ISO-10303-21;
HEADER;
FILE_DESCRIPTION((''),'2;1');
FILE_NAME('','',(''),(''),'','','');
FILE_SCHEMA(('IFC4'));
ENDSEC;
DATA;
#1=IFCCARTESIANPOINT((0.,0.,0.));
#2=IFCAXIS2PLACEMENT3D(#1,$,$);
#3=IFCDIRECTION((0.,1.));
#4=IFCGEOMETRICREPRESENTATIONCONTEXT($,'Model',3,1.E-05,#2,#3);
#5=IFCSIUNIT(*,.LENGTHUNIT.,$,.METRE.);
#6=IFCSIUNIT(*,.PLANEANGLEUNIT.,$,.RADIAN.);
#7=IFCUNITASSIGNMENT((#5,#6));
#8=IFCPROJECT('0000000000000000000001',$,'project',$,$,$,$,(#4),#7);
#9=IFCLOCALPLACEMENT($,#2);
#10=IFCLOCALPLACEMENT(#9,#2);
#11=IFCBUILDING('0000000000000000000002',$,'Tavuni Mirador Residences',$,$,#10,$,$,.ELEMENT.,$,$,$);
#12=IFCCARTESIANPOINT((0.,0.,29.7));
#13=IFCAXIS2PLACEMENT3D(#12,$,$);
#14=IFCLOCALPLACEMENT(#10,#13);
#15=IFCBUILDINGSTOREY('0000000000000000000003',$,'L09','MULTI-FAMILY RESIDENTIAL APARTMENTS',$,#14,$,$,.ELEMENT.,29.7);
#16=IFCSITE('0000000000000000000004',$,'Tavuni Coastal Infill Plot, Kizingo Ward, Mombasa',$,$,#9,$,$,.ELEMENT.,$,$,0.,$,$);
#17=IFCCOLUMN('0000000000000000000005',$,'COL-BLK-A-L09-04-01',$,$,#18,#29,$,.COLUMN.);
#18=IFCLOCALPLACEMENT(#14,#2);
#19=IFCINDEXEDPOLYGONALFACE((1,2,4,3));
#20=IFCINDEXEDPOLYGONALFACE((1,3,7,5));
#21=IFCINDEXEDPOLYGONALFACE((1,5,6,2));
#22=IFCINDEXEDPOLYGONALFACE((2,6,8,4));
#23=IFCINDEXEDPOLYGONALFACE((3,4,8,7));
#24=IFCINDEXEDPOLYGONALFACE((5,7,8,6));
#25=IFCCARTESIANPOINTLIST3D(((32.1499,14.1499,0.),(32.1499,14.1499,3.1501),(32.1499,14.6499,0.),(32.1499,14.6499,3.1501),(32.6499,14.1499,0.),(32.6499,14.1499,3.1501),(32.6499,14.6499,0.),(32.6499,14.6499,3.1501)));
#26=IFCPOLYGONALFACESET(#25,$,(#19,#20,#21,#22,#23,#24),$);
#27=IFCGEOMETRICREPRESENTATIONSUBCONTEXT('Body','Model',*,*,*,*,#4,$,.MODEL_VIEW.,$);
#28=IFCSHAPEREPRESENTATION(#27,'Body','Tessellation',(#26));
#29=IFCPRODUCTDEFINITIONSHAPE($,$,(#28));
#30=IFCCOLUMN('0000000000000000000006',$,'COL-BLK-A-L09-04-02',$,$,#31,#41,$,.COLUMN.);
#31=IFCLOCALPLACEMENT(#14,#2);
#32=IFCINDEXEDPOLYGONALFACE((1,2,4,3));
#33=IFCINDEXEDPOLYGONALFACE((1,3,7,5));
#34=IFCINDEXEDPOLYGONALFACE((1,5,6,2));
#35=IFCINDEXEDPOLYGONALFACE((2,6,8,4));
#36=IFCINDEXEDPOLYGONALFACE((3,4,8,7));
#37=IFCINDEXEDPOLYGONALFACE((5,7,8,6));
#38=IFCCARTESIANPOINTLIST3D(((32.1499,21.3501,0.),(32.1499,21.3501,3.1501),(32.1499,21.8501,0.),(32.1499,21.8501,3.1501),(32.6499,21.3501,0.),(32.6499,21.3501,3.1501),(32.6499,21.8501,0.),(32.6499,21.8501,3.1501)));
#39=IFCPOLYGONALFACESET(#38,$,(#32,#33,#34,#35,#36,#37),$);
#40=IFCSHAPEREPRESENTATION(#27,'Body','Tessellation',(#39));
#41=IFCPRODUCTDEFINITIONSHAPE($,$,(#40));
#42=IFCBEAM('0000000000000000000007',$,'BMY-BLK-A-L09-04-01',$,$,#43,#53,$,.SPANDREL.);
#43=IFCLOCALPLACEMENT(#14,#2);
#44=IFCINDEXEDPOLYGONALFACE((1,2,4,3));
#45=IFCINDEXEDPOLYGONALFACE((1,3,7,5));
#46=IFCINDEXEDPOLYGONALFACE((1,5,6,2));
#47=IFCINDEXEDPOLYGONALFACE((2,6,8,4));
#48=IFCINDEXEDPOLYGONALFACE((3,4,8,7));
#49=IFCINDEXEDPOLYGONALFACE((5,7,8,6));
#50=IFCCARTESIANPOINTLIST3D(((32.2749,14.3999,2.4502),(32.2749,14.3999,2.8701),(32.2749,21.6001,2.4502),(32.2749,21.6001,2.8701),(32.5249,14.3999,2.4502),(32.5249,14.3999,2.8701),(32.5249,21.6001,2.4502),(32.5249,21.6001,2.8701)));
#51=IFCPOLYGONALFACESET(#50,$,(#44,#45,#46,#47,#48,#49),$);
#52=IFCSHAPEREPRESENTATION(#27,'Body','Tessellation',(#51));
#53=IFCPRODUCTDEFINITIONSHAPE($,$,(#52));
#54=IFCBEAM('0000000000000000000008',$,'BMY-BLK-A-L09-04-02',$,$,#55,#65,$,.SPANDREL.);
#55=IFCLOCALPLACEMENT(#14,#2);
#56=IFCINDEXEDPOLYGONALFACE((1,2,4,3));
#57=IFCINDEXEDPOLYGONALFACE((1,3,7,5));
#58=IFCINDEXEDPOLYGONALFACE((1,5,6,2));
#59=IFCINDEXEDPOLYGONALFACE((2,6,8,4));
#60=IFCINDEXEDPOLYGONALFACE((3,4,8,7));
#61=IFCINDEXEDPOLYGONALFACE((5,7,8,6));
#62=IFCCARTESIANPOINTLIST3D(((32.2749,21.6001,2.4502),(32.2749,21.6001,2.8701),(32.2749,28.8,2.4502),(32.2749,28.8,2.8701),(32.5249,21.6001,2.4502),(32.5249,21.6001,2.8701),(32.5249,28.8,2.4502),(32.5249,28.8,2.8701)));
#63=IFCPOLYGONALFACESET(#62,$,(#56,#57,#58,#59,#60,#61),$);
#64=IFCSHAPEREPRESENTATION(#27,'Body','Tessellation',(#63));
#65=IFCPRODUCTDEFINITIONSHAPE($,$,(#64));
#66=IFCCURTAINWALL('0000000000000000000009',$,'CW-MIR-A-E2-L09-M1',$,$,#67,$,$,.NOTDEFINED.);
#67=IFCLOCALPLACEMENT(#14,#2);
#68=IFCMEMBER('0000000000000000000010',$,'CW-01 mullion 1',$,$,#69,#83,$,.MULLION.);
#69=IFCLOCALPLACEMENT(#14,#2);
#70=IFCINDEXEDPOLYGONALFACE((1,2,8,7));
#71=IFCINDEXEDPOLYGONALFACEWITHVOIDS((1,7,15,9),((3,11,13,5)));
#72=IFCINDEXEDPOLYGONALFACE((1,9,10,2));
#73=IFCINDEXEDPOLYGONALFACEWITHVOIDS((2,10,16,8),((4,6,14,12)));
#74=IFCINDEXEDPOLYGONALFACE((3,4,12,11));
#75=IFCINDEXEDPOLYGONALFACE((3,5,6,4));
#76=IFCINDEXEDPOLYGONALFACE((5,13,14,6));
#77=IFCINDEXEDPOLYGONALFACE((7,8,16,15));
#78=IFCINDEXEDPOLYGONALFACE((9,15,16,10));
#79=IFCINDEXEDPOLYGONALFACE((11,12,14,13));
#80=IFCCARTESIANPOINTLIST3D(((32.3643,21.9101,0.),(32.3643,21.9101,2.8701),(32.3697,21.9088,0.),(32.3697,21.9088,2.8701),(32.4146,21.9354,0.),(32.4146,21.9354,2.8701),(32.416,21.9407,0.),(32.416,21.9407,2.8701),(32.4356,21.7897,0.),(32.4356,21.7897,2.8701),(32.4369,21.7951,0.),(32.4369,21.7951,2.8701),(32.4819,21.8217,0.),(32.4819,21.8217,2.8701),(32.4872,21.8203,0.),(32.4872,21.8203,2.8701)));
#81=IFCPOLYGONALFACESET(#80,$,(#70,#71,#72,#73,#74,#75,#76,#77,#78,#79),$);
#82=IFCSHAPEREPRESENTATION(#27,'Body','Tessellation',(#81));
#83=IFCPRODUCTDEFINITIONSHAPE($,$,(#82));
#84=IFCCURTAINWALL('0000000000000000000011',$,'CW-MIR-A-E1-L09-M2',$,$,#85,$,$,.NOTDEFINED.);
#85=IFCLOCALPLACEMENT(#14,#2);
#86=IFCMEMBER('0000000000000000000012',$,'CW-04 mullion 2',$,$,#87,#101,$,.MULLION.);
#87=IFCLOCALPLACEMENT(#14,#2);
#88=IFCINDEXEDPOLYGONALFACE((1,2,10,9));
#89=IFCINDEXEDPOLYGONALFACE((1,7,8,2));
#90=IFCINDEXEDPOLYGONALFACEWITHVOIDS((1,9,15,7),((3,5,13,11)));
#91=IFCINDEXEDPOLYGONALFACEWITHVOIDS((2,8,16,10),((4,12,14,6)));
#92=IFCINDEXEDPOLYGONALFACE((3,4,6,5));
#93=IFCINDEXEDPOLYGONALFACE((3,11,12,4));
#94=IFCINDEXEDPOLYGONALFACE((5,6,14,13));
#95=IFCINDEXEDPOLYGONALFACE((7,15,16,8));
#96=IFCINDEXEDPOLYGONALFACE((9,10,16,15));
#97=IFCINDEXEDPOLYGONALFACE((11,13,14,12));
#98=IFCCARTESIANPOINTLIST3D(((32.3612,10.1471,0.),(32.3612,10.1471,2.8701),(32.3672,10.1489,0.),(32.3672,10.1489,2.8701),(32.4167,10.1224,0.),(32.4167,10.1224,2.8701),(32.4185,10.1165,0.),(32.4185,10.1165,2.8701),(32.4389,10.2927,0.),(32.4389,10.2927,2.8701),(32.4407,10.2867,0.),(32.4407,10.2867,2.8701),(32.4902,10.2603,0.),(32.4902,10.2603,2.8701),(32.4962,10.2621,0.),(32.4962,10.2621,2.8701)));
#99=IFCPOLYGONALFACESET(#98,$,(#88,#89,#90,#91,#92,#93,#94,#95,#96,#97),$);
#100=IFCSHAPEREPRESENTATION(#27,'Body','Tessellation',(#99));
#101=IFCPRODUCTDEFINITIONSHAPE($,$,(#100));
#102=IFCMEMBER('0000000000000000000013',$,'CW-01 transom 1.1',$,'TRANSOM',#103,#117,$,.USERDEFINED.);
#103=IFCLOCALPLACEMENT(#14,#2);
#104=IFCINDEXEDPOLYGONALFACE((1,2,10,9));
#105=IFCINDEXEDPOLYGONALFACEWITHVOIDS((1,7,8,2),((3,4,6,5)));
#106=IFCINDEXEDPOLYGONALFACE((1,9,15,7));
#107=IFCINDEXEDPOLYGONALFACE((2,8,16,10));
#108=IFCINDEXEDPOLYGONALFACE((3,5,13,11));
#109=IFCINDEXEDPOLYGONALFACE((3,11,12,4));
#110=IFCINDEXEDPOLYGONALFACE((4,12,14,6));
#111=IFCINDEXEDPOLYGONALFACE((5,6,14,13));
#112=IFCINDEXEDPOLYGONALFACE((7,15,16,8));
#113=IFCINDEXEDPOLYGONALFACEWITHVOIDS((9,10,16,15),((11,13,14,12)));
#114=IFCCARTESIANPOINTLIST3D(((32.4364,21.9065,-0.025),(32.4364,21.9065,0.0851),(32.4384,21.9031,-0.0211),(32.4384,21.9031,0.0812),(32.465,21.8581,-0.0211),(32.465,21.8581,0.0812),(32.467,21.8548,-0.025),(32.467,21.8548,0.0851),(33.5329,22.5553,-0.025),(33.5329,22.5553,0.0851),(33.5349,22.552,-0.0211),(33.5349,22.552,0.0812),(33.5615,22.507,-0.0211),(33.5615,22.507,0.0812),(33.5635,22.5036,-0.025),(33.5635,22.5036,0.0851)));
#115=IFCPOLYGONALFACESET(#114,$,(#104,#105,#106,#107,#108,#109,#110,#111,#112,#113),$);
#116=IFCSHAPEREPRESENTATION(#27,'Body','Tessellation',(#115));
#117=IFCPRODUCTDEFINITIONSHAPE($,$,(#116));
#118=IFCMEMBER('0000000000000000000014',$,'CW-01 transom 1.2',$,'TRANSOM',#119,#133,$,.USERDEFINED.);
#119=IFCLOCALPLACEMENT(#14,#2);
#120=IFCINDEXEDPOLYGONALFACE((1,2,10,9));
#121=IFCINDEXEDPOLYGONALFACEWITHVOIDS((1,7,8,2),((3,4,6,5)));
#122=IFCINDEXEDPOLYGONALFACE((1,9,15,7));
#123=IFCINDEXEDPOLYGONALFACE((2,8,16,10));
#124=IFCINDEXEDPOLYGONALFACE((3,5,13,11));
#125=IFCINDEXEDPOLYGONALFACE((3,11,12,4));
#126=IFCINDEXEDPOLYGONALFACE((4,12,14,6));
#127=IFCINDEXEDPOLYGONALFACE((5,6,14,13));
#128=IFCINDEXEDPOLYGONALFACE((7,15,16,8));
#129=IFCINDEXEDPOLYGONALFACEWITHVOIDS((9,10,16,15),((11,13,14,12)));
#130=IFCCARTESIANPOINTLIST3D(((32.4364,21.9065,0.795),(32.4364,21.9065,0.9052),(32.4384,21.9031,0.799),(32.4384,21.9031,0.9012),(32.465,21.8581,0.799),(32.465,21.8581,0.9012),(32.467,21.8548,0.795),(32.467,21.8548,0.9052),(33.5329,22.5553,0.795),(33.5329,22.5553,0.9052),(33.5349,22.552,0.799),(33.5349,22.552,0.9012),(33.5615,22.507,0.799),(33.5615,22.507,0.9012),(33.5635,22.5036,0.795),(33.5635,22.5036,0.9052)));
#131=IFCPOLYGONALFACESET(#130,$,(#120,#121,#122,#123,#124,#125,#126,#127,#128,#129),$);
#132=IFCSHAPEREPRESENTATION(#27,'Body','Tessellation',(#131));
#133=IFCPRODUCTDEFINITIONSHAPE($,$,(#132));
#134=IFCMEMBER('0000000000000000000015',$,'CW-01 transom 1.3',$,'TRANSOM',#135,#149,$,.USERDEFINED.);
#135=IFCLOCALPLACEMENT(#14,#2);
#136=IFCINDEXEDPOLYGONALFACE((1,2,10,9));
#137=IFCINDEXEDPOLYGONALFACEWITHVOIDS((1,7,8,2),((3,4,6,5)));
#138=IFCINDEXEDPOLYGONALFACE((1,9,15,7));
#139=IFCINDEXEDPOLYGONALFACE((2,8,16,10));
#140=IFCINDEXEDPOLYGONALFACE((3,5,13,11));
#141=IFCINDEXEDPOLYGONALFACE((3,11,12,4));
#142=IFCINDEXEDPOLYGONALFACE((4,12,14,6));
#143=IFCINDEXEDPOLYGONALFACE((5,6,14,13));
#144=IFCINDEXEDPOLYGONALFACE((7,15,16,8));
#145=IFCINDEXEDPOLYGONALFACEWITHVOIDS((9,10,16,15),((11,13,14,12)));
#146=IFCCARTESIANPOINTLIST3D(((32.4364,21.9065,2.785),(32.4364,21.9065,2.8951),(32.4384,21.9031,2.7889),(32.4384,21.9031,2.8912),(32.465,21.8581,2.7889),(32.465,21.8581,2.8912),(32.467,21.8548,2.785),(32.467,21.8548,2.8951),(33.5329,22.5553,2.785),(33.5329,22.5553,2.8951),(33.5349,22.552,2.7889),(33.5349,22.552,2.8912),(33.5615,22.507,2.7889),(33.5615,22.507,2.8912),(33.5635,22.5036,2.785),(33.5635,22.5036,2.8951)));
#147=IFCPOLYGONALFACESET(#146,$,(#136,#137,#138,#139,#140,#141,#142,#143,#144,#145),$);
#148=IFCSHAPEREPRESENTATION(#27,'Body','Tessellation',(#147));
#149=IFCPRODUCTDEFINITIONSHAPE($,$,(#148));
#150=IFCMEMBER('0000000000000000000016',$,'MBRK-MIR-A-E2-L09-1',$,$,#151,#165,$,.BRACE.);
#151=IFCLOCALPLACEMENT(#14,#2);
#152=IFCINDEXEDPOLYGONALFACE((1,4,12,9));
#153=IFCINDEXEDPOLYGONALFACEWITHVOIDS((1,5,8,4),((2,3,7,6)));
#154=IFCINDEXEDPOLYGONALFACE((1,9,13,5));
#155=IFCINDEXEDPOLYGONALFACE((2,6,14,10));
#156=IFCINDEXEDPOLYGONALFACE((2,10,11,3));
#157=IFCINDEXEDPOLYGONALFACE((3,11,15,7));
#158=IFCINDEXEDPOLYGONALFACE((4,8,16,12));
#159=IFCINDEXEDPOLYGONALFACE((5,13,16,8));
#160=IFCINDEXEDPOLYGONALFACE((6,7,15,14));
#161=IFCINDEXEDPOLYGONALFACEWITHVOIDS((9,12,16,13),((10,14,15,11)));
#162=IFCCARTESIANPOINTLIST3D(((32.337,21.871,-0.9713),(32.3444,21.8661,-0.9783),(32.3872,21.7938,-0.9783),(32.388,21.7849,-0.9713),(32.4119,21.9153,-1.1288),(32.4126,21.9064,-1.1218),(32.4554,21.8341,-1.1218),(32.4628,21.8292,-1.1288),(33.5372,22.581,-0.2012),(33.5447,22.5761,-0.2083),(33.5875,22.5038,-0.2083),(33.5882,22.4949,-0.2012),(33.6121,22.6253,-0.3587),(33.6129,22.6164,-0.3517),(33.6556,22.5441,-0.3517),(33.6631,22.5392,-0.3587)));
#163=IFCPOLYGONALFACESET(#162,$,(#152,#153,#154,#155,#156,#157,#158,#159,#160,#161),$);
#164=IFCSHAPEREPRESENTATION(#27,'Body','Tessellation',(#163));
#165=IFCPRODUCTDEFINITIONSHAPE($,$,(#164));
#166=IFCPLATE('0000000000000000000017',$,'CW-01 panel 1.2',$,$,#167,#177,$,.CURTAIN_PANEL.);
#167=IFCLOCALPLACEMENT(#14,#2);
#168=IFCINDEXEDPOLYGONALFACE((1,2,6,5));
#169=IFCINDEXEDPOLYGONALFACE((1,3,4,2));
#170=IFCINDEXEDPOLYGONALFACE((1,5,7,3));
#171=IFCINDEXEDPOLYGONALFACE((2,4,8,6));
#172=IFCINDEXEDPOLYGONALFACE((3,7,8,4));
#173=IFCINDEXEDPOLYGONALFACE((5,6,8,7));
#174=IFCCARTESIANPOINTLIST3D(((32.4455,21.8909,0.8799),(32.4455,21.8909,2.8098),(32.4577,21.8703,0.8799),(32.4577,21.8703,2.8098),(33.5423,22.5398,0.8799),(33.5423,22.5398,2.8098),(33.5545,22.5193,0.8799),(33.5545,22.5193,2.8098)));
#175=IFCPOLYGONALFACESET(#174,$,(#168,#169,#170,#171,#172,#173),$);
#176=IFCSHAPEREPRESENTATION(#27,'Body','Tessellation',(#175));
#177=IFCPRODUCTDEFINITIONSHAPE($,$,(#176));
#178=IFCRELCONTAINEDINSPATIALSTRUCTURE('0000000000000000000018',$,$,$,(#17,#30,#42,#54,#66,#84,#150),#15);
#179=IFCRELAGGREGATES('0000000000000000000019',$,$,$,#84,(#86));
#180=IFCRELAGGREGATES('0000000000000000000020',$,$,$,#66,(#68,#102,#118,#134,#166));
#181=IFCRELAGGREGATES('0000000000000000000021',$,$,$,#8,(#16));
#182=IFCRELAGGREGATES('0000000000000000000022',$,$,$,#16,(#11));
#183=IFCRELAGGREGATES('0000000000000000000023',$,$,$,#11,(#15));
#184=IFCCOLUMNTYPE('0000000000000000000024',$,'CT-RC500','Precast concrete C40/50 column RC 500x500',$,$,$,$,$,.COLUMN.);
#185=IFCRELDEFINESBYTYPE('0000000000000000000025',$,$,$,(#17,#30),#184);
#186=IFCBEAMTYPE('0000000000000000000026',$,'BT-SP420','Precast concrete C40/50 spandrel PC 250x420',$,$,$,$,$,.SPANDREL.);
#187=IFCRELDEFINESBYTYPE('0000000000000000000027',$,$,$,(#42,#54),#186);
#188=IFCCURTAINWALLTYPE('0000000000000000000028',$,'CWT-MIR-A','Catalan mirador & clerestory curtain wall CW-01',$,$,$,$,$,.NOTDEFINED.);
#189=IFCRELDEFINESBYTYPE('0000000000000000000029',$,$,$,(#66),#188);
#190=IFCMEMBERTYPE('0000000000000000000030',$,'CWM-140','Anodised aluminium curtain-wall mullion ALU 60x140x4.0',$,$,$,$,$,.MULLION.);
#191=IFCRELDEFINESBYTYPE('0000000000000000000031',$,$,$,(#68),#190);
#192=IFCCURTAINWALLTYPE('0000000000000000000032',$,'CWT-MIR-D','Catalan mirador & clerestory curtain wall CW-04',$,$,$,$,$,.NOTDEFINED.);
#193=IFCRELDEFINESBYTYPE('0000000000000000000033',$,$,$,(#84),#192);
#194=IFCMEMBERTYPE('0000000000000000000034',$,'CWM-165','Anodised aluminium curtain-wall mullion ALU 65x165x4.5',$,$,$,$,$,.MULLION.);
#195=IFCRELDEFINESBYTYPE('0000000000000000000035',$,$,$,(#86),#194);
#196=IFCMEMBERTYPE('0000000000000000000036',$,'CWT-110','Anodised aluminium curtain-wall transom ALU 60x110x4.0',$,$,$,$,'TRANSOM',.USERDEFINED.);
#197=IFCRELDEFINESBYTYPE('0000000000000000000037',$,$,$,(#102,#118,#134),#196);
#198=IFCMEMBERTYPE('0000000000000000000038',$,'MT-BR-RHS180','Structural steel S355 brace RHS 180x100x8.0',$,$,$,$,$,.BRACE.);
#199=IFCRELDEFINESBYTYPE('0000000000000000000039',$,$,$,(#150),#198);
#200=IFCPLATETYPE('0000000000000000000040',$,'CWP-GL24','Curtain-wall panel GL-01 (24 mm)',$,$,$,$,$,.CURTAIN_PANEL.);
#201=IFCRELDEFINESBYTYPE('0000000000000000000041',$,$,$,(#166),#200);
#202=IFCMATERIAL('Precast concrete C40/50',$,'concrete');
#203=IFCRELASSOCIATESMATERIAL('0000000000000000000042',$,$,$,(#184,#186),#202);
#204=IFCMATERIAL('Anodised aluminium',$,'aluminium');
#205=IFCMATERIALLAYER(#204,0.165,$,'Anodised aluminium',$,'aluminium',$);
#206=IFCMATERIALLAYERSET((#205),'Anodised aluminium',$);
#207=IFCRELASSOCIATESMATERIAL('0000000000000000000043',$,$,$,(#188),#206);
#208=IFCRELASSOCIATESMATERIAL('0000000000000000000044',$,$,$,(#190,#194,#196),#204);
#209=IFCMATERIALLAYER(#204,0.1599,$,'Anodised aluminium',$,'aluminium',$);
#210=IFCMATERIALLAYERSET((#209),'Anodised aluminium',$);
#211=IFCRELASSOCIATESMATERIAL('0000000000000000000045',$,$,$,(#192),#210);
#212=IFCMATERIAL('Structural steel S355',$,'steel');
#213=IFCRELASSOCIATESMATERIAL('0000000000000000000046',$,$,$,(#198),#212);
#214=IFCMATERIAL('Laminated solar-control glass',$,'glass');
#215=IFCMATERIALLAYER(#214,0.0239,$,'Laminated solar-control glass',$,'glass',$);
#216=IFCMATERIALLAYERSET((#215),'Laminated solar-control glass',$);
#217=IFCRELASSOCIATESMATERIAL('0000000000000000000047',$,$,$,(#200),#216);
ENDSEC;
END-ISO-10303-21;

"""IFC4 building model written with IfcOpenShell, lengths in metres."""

from ifc_helpers import new_model, si_unit, direction, frame, origin, origin_2d, place, context, subcontext, project, spatial, rectangle, hollow_rectangle, extrude, material, layer, layer_set, material_profile, profile_set, type_object, element, aggregate, save


model = new_model("IFC4")

# Units and contexts
model_context = context("Model", 3, precision=1e-05, world=origin(), true_north=direction((0.0, 1.0)))
body_context = subcontext(model_context, "Body", "Model", "MODEL_VIEW")
ifc_project = project(units=[si_unit("LENGTHUNIT", "METRE"), si_unit("PLANEANGLEUNIT", "RADIAN")], contexts=[model_context])

# Site, building, storey
site_placement = place(None, origin())
site = spatial("IfcSite", under=ifc_project, at=site_placement, Name="Tavuni Coastal Infill Plot, Kizingo Ward, Mombasa", CompositionType="ELEMENT", RefElevation=0.0)
building_placement = place(site_placement, origin())
building = spatial("IfcBuilding", under=site, at=building_placement, Name="Tavuni Mirador Residences", CompositionType="ELEMENT")
storey_placement = place(building_placement, frame((0.0, 0.0, 29.7)))
storey = spatial("IfcBuildingStorey", under=building, at=storey_placement, Name="L09", Description="MULTI-FAMILY RESIDENTIAL APARTMENTS", CompositionType="ELEMENT", Elevation=29.7)

# Columns
ifc_material_1 = material(Name="Precast concrete C40/50", Category="concrete")
ifc_material_profile_1 = material_profile(ifc_material_1, rectangle(XDim=0.5, YDim=0.5, at=origin_2d()), Name="RC 500x500", Category="concrete")
ifc_profile_set_1 = profile_set([ifc_material_profile_1], Name="Precast concrete C40/50")
column_type = type_object("IfcColumnType", Name="CT-RC500", Description="Precast concrete C40/50 column RC 500x500", PredefinedType="COLUMN", material=ifc_profile_set_1)
for number, where, z_axis, x_axis, name in (
    (1, (32.3999, 14.3999, 0.0), (0.0, 0.0, 1.0), (1.0, 0.0, 0.0), "COL-BLK-A-L09-04-01"),
    (2, (32.3999, 21.6001, 0.0), (0.0, 0.0, 1.0), (1.0, 0.0, 0.0), "COL-BLK-A-L09-04-02"),
):
    element("IfcColumn", number, at=place(storey_placement, frame(where, z_axis=z_axis, x_axis=x_axis)), inside=storey, type_object=column_type, Name=name, PredefinedType="COLUMN", context=body_context, shape_type="SweptSolid", body=[
        extrude(rectangle(XDim=0.5, YDim=0.5, at=origin_2d()), origin(), (0.0, 0.0, 1.0), 3.1501),
    ])

# Beams
ifc_material_profile_2 = material_profile(ifc_material_1, rectangle(XDim=0.25, YDim=0.4199, at=origin_2d()), Name="PC 250x420", Category="concrete")
ifc_profile_set_2 = profile_set([ifc_material_profile_2], Name="Precast concrete C40/50")
beam_type = type_object("IfcBeamType", Name="BT-SP420", Description="Precast concrete C40/50 spandrel PC 250x420", PredefinedType="SPANDREL", material=ifc_profile_set_2)
beam_1_placement = place(storey_placement, frame((32.3999, 14.3999, 2.6602), z_axis=(0.0, 1.0, 0.0), x_axis=(-1.0, 0.0, 0.0)))
element("IfcBeam", 3, at=beam_1_placement, inside=storey, type_object=beam_type, Name="BMY-BLK-A-L09-04-01", PredefinedType="SPANDREL", context=body_context, shape_type="SweptSolid", body=[
    extrude(rectangle(XDim=0.25, YDim=0.4199, at=origin_2d()), origin(), (0.0, 0.0, 1.0), 7.2002),
])
beam_2_placement = place(storey_placement, frame((32.3999, 21.6001, 2.6602), z_axis=(0.0, 1.0, 0.0), x_axis=(-1.0, 0.0, 0.0)))
element("IfcBeam", 4, at=beam_2_placement, inside=storey, type_object=beam_type, Name="BMY-BLK-A-L09-04-02", PredefinedType="SPANDREL", context=body_context, shape_type="SweptSolid", body=[
    extrude(rectangle(XDim=0.25, YDim=0.4199, at=origin_2d()), origin(), (0.0, 0.0, 1.0), 7.2),
])

# Curtain walls, members
ifc_material_2 = material(Name="Anodised aluminium", Category="aluminium")
ifc_layer_1 = layer(ifc_material_2, 0.165, Name="Anodised aluminium", Category="aluminium")
ifc_layer_set_1 = layer_set([ifc_layer_1], Name="Anodised aluminium")
curtain_wall_type_1 = type_object("IfcCurtainWallType", Name="CWT-MIR-A", Description="Catalan mirador & clerestory curtain wall CW-01", PredefinedType="NOTDEFINED", material=ifc_layer_set_1)
curtain_wall_1_placement = place(storey_placement, origin())
curtain_wall_1 = element("IfcCurtainWall", 5, at=curtain_wall_1_placement, inside=storey, type_object=curtain_wall_type_1, Name="CW-MIR-A-E2-L09-M1", PredefinedType="NOTDEFINED")
ifc_material_profile_3 = material_profile(ifc_material_2, hollow_rectangle(XDim=0.0601, YDim=0.1399, WallThickness=0.0039, at=origin_2d()), Name="ALU 60x140x4.0", Category="aluminium")
ifc_profile_set_3 = profile_set([ifc_material_profile_3], Name="Anodised aluminium")
member_type_1 = type_object("IfcMemberType", Name="CWM-140", Description="Anodised aluminium curtain-wall mullion ALU 60x140x4.0", PredefinedType="MULLION", material=ifc_profile_set_3)
member_1_placement = place(storey_placement, frame((32.4258, 21.8652, 0.0), z_axis=(0.0, 0.0, 1.0), x_axis=(0.860641, 0.509212, 0.0)))
member_1 = element("IfcMember", 6, at=member_1_placement, type_object=member_type_1, Name="CW-01 mullion 1", PredefinedType="MULLION", context=body_context, shape_type="SweptSolid", body=[
    extrude(hollow_rectangle(XDim=0.0601, YDim=0.1399, WallThickness=0.0039, at=origin_2d()), origin(), (0.0, 0.0, 1.0), 2.8701),
])
ifc_layer_2 = layer(ifc_material_2, 0.1599, Name="Anodised aluminium", Category="aluminium")
ifc_layer_set_2 = layer_set([ifc_layer_2], Name="Anodised aluminium")
curtain_wall_type_2 = type_object("IfcCurtainWallType", Name="CWT-MIR-D", Description="Catalan mirador & clerestory curtain wall CW-04", PredefinedType="NOTDEFINED", material=ifc_layer_set_2)
curtain_wall_2_placement = place(storey_placement, origin())
curtain_wall_2 = element("IfcCurtainWall", 7, at=curtain_wall_2_placement, inside=storey, type_object=curtain_wall_type_2, Name="CW-MIR-A-E1-L09-M2", PredefinedType="NOTDEFINED")
ifc_material_profile_4 = material_profile(ifc_material_2, hollow_rectangle(XDim=0.0649, YDim=0.165, WallThickness=0.0044, at=origin_2d()), Name="ALU 65x165x4.5", Category="aluminium")
ifc_profile_set_4 = profile_set([ifc_material_profile_4], Name="Anodised aluminium")
member_type_2 = type_object("IfcMemberType", Name="CWM-165", Description="Anodised aluminium curtain-wall mullion ALU 65x165x4.5", PredefinedType="MULLION", material=ifc_profile_set_4)
member_2_placement = place(storey_placement, frame((32.4287, 10.2046, 0.0), z_axis=(0.0, 0.0, 1.0), x_axis=(-0.882353, 0.470588, 0.0)))
member_2 = element("IfcMember", 8, at=member_2_placement, type_object=member_type_2, Name="CW-04 mullion 2", PredefinedType="MULLION", context=body_context, shape_type="SweptSolid", body=[
    extrude(hollow_rectangle(XDim=0.0649, YDim=0.165, WallThickness=0.0044, at=origin_2d()), origin(), (0.0, 0.0, 1.0), 2.8701),
])

# Members
ifc_material_profile_5 = material_profile(ifc_material_2, hollow_rectangle(XDim=0.0601, YDim=0.1101, WallThickness=0.0039, at=origin_2d()), Name="ALU 60x110x4.0", Category="aluminium")
ifc_profile_set_5 = profile_set([ifc_material_profile_5], Name="Anodised aluminium")
member_type_3 = type_object("IfcMemberType", Name="CWT-110", Description="Anodised aluminium curtain-wall transom ALU 60x110x4.0", ElementType="TRANSOM", PredefinedType="USERDEFINED", material=ifc_profile_set_5)
member_3_placement = place(storey_placement, frame((32.4517, 21.8806, 0.03), z_axis=(0.860621, 0.509246, 0.0), x_axis=(-0.509246, 0.860621, 0.0)))
member_3 = element("IfcMember", 9, at=member_3_placement, type_object=member_type_3, Name="CW-01 transom 1.1", ObjectType="TRANSOM", PredefinedType="USERDEFINED", context=body_context, shape_type="SweptSolid", body=[
    extrude(hollow_rectangle(XDim=0.0601, YDim=0.1101, WallThickness=0.0039, at=origin_2d()), origin(), (0.0, 0.0, 1.0), 1.2742),
])
member_4_placement = place(storey_placement, frame((32.4517, 21.8806, 0.8501), z_axis=(0.860621, 0.509246, 0.0), x_axis=(-0.509246, 0.860621, 0.0)))
member_4 = element("IfcMember", 10, at=member_4_placement, type_object=member_type_3, Name="CW-01 transom 1.2", ObjectType="TRANSOM", PredefinedType="USERDEFINED", context=body_context, shape_type="SweptSolid", body=[
    extrude(hollow_rectangle(XDim=0.0601, YDim=0.1101, WallThickness=0.0039, at=origin_2d()), origin(), (0.0, 0.0, 1.0), 1.2742),
])
member_5_placement = place(storey_placement, frame((32.4517, 21.8806, 2.8401), z_axis=(0.860621, 0.509246, 0.0), x_axis=(-0.509246, 0.860621, 0.0)))
member_5 = element("IfcMember", 11, at=member_5_placement, type_object=member_type_3, Name="CW-01 transom 1.3", ObjectType="TRANSOM", PredefinedType="USERDEFINED", context=body_context, shape_type="SweptSolid", body=[
    extrude(hollow_rectangle(XDim=0.0601, YDim=0.1101, WallThickness=0.0039, at=origin_2d()), origin(), (0.0, 0.0, 1.0), 1.2742),
])
ifc_material_3 = material(Name="Structural steel S355", Category="steel")
ifc_material_profile_6 = material_profile(ifc_material_3, hollow_rectangle(XDim=0.1001, YDim=0.1799, WallThickness=0.0081, at=origin_2d()), Name="RHS 180x100x8.0", Category="steel")
ifc_profile_set_6 = profile_set([ifc_material_profile_6], Name="Structural steel S355")
member_type_4 = type_object("IfcMemberType", Name="MT-BR-RHS180", Description="Structural steel S355 brace RHS 180x100x8.0", PredefinedType="BRACE", material=ifc_profile_set_6)
member_6_placement = place(storey_placement, frame((32.3999, 21.8501, -1.05), z_axis=(0.753449, 0.445693, 0.483397), x_axis=(-0.50913, 0.860689, 0.0)))
element("IfcMember", 12, at=member_6_placement, inside=storey, type_object=member_type_4, Name="MBRK-MIR-A-E2-L09-1", PredefinedType="BRACE", context=body_context, shape_type="SweptSolid", body=[
    extrude(hollow_rectangle(XDim=0.1001, YDim=0.1799, WallThickness=0.0081, at=origin_2d()), origin(), (0.0, 0.0, 1.0), 1.593),
])

# Plate
ifc_material_4 = material(Name="Laminated solar-control glass", Category="glass")
ifc_layer_3 = layer(ifc_material_4, 0.0239, Name="Laminated solar-control glass", Category="glass")
ifc_layer_set_3 = layer_set([ifc_layer_3], Name="Laminated solar-control glass")
plate_type_1 = type_object("IfcPlateType", Name="CWP-GL24", Description="Curtain-wall panel GL-01 (24 mm)", PredefinedType="CURTAIN_PANEL", material=ifc_layer_set_3)
plate_1_placement = place(storey_placement, frame((33.0, 22.2051, 0.8799), z_axis=(0.0, 0.0, 1.0), x_axis=(0.860641, 0.509212, 0.0)))
plate_1 = element("IfcPlate", 13, at=plate_1_placement, type_object=plate_type_1, Name="CW-01 panel 1.2", PredefinedType="CURTAIN_PANEL", context=body_context, shape_type="SweptSolid", body=[
    extrude(rectangle(XDim=1.2744, YDim=0.0239, at=origin_2d()), origin(), (0.0, 0.0, 1.0), 1.9299),
])
aggregate(curtain_wall_2, [member_2])
aggregate(curtain_wall_1, [member_1, member_3, member_4, member_5, plate_1])

save(model, "model.ifc")
